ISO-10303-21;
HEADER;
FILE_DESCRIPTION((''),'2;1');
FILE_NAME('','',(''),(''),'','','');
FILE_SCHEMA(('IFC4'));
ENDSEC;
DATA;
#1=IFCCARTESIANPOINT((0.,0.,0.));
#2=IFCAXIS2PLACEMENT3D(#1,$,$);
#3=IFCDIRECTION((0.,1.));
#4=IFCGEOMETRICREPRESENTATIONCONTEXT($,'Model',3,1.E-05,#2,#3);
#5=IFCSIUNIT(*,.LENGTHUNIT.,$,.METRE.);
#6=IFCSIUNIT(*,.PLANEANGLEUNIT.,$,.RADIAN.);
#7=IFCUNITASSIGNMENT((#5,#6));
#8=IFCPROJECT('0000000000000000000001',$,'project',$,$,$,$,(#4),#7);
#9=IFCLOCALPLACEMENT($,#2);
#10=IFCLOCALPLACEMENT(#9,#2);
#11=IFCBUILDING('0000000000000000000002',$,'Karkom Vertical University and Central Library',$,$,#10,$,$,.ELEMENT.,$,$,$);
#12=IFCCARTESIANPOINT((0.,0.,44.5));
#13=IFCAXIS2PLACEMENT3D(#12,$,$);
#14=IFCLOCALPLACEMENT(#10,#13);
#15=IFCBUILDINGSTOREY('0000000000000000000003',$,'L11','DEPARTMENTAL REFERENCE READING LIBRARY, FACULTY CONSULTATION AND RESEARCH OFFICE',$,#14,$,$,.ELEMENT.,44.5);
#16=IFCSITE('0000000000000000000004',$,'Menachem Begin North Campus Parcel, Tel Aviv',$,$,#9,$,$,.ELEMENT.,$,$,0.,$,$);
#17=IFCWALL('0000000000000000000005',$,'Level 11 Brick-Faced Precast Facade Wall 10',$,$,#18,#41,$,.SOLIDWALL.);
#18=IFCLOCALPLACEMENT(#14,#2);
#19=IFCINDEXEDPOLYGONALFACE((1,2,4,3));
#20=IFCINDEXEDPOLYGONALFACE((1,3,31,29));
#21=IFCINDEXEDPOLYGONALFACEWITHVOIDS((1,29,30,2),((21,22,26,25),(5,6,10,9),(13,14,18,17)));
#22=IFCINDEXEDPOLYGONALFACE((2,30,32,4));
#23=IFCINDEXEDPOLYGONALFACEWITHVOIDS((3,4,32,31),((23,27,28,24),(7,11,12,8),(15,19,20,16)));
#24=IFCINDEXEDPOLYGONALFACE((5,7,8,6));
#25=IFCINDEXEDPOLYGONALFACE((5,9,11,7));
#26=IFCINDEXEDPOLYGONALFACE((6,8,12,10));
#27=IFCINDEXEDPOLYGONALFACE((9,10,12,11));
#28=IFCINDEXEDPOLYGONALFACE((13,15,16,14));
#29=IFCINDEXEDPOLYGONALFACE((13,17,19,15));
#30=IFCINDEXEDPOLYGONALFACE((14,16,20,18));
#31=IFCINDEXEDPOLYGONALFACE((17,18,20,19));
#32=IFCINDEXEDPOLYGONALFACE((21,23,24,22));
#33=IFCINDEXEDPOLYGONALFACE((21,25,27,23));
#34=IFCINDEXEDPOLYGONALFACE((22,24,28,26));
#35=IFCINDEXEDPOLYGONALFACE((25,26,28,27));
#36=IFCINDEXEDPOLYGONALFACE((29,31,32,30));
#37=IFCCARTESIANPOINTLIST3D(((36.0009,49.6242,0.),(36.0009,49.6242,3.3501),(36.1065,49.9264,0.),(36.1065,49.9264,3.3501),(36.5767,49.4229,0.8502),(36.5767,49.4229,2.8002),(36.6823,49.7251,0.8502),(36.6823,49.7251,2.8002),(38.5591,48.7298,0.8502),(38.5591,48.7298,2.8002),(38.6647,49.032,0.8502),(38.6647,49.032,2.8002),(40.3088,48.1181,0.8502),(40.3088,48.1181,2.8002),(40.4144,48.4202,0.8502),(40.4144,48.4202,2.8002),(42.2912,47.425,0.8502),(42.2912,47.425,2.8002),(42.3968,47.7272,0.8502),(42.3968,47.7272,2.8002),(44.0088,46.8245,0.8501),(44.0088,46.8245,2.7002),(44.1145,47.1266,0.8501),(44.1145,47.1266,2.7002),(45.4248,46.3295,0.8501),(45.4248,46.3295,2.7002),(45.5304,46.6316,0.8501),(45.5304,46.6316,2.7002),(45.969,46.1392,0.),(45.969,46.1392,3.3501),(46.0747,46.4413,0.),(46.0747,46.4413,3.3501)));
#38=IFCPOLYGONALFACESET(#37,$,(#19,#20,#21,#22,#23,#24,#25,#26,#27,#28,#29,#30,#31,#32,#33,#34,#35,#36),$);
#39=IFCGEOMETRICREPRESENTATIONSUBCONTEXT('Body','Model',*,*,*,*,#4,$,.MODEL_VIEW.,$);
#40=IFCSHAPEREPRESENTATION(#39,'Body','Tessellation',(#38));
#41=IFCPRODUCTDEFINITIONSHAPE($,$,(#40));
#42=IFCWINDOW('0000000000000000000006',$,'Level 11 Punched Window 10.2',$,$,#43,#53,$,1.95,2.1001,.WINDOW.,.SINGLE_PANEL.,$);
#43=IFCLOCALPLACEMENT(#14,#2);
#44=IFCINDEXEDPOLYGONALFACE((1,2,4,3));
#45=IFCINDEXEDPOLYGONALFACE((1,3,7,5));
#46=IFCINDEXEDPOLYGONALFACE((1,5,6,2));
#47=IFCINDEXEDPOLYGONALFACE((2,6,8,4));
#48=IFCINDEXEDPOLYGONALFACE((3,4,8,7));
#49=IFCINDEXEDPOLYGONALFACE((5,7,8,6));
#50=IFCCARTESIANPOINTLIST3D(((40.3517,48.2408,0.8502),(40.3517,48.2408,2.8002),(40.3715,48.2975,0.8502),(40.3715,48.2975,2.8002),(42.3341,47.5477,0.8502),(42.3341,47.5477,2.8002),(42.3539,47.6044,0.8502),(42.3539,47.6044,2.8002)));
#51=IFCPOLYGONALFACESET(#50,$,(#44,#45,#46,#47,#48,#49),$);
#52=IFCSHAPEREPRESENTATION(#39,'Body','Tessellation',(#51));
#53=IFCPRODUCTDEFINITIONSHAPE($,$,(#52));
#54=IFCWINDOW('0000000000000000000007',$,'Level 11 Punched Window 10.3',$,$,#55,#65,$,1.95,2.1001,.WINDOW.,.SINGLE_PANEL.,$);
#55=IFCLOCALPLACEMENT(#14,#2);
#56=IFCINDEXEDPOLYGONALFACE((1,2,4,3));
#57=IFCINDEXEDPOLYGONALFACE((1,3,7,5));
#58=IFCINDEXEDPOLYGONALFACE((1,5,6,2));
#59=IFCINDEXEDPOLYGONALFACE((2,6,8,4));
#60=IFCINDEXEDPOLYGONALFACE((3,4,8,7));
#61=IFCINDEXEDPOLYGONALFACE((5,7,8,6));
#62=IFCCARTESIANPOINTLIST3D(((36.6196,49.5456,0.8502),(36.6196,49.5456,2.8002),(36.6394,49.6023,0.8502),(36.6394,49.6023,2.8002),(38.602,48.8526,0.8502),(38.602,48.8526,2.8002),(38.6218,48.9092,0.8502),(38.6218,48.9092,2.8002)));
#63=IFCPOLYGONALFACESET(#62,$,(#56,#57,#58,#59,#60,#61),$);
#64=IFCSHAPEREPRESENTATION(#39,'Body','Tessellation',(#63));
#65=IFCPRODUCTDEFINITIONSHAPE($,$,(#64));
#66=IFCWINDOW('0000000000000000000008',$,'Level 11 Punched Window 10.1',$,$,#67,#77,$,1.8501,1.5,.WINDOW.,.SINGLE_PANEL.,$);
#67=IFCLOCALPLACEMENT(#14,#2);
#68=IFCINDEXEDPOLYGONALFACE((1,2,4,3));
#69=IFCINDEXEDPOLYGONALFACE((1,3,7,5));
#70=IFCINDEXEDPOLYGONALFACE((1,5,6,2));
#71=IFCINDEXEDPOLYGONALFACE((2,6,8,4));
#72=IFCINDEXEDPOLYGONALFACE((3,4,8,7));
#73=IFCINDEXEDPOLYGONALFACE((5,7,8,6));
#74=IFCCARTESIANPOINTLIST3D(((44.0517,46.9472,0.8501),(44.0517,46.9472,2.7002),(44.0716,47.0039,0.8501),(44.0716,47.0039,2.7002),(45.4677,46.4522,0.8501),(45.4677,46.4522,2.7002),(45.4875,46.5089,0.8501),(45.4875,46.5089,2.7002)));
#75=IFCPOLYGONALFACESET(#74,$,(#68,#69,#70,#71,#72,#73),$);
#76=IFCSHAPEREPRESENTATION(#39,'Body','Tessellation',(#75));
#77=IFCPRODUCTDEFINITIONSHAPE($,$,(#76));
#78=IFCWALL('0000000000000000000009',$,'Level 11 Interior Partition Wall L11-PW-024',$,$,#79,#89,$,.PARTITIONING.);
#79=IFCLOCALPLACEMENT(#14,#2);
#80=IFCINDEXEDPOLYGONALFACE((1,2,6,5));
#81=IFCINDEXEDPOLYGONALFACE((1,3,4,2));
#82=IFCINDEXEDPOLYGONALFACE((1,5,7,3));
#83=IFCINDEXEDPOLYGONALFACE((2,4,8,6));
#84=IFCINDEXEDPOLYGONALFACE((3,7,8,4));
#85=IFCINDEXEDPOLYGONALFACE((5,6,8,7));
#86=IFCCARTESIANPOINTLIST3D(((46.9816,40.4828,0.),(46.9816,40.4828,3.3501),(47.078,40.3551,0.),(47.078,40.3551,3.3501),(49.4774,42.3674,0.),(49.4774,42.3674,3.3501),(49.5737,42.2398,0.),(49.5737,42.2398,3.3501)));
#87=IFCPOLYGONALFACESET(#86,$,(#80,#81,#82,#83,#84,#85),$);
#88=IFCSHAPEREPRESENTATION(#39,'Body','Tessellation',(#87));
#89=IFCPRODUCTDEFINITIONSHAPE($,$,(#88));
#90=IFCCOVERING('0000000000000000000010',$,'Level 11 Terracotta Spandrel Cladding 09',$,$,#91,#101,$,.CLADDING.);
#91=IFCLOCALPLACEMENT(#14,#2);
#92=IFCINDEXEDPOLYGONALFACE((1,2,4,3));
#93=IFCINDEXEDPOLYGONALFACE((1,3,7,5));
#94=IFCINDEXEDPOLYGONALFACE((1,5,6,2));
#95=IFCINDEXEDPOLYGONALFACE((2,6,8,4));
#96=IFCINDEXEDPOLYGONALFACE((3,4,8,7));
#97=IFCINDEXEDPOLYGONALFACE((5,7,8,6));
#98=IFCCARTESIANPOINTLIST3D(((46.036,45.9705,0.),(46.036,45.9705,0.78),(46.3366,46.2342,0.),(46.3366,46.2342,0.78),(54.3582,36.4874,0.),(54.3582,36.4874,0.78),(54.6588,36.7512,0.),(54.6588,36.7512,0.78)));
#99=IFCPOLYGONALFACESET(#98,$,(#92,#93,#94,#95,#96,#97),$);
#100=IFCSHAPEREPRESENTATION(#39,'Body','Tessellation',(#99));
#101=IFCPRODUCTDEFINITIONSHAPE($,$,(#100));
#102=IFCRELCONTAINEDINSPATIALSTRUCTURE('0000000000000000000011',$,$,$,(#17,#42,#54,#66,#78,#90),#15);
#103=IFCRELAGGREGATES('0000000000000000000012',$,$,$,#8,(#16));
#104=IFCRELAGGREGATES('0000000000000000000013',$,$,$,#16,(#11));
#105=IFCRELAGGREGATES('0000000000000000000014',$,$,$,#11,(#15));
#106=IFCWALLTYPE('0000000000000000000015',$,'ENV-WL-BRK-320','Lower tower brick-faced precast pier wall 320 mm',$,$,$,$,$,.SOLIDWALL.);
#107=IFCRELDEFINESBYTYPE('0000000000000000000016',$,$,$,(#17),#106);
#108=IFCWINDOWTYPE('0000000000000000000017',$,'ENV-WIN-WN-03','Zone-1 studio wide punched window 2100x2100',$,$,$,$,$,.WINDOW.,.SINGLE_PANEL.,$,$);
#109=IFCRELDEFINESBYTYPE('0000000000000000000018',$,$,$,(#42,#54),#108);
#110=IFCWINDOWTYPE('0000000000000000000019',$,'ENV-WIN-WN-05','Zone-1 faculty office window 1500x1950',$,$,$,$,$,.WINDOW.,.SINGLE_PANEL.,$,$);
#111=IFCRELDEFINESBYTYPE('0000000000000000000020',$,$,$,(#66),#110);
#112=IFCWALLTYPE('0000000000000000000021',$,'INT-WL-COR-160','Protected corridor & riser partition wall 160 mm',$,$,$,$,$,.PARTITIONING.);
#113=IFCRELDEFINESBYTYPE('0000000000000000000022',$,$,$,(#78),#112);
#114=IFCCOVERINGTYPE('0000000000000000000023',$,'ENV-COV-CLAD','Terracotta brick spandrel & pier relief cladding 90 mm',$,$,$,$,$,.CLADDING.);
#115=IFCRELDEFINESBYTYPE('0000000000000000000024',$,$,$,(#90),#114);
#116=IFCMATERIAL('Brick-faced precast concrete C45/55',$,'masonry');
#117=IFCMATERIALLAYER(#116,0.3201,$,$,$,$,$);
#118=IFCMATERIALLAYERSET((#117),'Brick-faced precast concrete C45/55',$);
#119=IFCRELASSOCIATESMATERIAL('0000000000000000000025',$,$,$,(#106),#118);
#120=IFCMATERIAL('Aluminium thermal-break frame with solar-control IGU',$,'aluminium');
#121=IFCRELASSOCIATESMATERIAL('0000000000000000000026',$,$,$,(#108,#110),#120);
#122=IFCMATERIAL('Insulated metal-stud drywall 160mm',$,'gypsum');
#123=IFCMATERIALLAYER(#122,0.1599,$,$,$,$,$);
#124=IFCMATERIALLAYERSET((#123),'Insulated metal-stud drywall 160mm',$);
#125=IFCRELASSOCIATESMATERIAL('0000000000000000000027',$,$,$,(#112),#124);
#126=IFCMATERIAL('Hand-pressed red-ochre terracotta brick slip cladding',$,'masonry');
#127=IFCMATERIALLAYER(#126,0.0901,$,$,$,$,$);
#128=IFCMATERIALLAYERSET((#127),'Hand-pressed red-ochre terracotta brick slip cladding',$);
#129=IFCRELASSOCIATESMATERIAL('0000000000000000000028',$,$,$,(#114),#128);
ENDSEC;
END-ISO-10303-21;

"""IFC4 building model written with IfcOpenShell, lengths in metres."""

from ifc_helpers import new_model, si_unit, direction, frame, frame_2d, origin, origin_with_axes, origin_2d, place, context, subcontext, project, spatial, rectangle, extrude, source, transform, mapped, material, layer, layer_set, type_object, element, fill, save


model = new_model("IFC4")

# Units and contexts
model_context = context("Model", 3, precision=1e-05, world=origin(), true_north=direction((0.0, 1.0)))
body_context = subcontext(model_context, "Body", "Model", "MODEL_VIEW")
ifc_project = project(units=[si_unit("LENGTHUNIT", "METRE"), si_unit("PLANEANGLEUNIT", "RADIAN")], contexts=[model_context])

# Site, building, storey
site_placement = place(None, origin())
site = spatial("IfcSite", under=ifc_project, at=site_placement, Name="Menachem Begin North Campus Parcel, Tel Aviv", CompositionType="ELEMENT", RefElevation=0.0)
building_placement = place(site_placement, origin())
building = spatial("IfcBuilding", under=site, at=building_placement, Name="Karkom Vertical University and Central Library", CompositionType="ELEMENT")
storey_placement = place(building_placement, frame((0.0, 0.0, 44.5)))
storey = spatial("IfcBuildingStorey", under=building, at=storey_placement, Name="L11", Description="DEPARTMENTAL REFERENCE READING LIBRARY, FACULTY CONSULTATION AND RESEARCH OFFICE", CompositionType="ELEMENT", Elevation=44.5)

# Wall, openings, windows
ifc_material_1 = material(Name="Brick-faced precast concrete C45/55", Category="masonry")
ifc_layer_1 = layer(ifc_material_1, 0.3201)
ifc_layer_set_1 = layer_set([ifc_layer_1], Name="Brick-faced precast concrete C45/55")
wall_type_1 = type_object("IfcWallType", Name="ENV-WL-BRK-320", Description="Lower tower brick-faced precast pier wall 320 mm", PredefinedType="SOLIDWALL", material=ifc_layer_set_1)
wall_1_placement = place(storey_placement, frame((46.0217, 46.2903, 0.0), z_axis=(0.0, 0.0, 1.0), x_axis=(-0.94397, 0.330031, 0.0)))
wall_1 = element("IfcWall", 1, at=wall_1_placement, inside=storey, type_object=wall_type_1, Name="Level 11 Brick-Faced Precast Facade Wall 10", PredefinedType="SOLIDWALL", context=body_context, shape_type="SweptSolid", body=[
    extrude(rectangle(XDim=10.5598, YDim=0.3201, at=frame_2d((5.2798, 0.0))), origin(), (0.0, 0.0, 1.0), 3.3501),
])
opening_1_placement = place(wall_1_placement, frame((0.5764, 0.0, 0.8501)))
opening_1 = element("IfcOpeningElement", 2, at=opening_1_placement, cuts=wall_1, PredefinedType="OPENING", context=body_context, shape_type="SweptSolid", body=[
    extrude(rectangle(XDim=1.5, YDim=1.8501, at=frame_2d((0.75, 0.925))), frame((0.0, 0.1699, 0.0), z_axis=(0.0, -1.0, 0.0), x_axis=(1.0, 0.0, 0.0)), (0.0, 0.0, 1.0), 0.3401),
])
opening_2_placement = place(wall_1_placement, frame((3.896, 0.0, 0.8501)))
opening_2 = element("IfcOpeningElement", 3, at=opening_2_placement, cuts=wall_1, PredefinedType="OPENING", context=body_context, shape_type="SweptSolid", body=[
    extrude(rectangle(XDim=2.1001, YDim=1.95, at=frame_2d((1.05, 0.9751))), frame((0.0, 0.1699, 0.0), z_axis=(0.0, -1.0, 0.0), x_axis=(1.0, 0.0, 0.0)), (0.0, 0.0, 1.0), 0.3401),
])
opening_3_placement = place(wall_1_placement, frame((7.8496, 0.0, 0.8501)))
opening_3 = element("IfcOpeningElement", 4, at=opening_3_placement, cuts=wall_1, PredefinedType="OPENING", context=body_context, shape_type="SweptSolid", body=[
    extrude(rectangle(XDim=2.1001, YDim=1.95, at=frame_2d((1.05, 0.9751))), frame((0.0, 0.1699, 0.0), z_axis=(0.0, -1.0, 0.0), x_axis=(1.0, 0.0, 0.0)), (0.0, 0.0, 1.0), 0.3401),
])
ifc_material_2 = material(Name="Aluminium thermal-break frame with solar-control IGU", Category="aluminium")
window_type_1 = type_object("IfcWindowType", Name="ENV-WIN-WN-03", Description="Zone-1 studio wide punched window 2100x2100", PartitioningType="SINGLE_PANEL", PredefinedType="WINDOW", material=ifc_material_2)
shared_shape_1 = source(origin_with_axes(), body_context, "Body", "SweptSolid", [
    extrude(rectangle(XDim=2.1001, YDim=1.95, at=frame_2d((1.05, 0.9751))), frame((0.0, 0.03, 0.0), z_axis=(0.0, -1.0, 0.0), x_axis=(1.0, 0.0, 0.0)), (0.0, 0.0, 1.0), 0.0601),
])
window_1_placement = place(opening_2_placement, origin())
window_1 = element("IfcWindow", 5, at=window_1_placement, inside=storey, type_object=window_type_1, Name="Level 11 Punched Window 10.2", OverallHeight=1.95, OverallWidth=2.1001, PartitioningType="SINGLE_PANEL", PredefinedType="WINDOW", context=body_context, shape_type="MappedRepresentation", body=[
    mapped(shared_shape_1, transform((0.0, 0.0, 0.0), scale=1.0)),
])
fill(opening_2, window_1)
window_2_placement = place(opening_3_placement, origin())
window_2 = element("IfcWindow", 6, at=window_2_placement, inside=storey, type_object=window_type_1, Name="Level 11 Punched Window 10.3", OverallHeight=1.95, OverallWidth=2.1001, PartitioningType="SINGLE_PANEL", PredefinedType="WINDOW", context=body_context, shape_type="MappedRepresentation", body=[
    mapped(shared_shape_1, transform((0.0, 0.0, 0.0), scale=1.0)),
])
fill(opening_3, window_2)
window_type_2 = type_object("IfcWindowType", Name="ENV-WIN-WN-05", Description="Zone-1 faculty office window 1500x1950", PartitioningType="SINGLE_PANEL", PredefinedType="WINDOW", material=ifc_material_2)
shared_shape_2 = source(origin_with_axes(), body_context, "Body", "SweptSolid", [
    extrude(rectangle(XDim=1.5, YDim=1.8501, at=frame_2d((0.75, 0.925))), frame((0.0, 0.03, 0.0), z_axis=(0.0, -1.0, 0.0), x_axis=(1.0, 0.0, 0.0)), (0.0, 0.0, 1.0), 0.0601),
])
window_3_placement = place(opening_1_placement, origin())
window_3 = element("IfcWindow", 7, at=window_3_placement, inside=storey, type_object=window_type_2, Name="Level 11 Punched Window 10.1", OverallHeight=1.8501, OverallWidth=1.5, PartitioningType="SINGLE_PANEL", PredefinedType="WINDOW", context=body_context, shape_type="MappedRepresentation", body=[
    mapped(shared_shape_2, transform((0.0, 0.0, 0.0), scale=1.0)),
])
fill(opening_1, window_3)

# Wall
ifc_material_3 = material(Name="Insulated metal-stud drywall 160mm", Category="gypsum")
ifc_layer_2 = layer(ifc_material_3, 0.1599)
ifc_layer_set_2 = layer_set([ifc_layer_2], Name="Insulated metal-stud drywall 160mm")
wall_type_2 = type_object("IfcWallType", Name="INT-WL-COR-160", Description="Protected corridor & riser partition wall 160 mm", PredefinedType="PARTITIONING", material=ifc_layer_set_2)
wall_2_placement = place(storey_placement, frame((47.0298, 40.4189, 0.0), z_axis=(0.0, 0.0, 1.0), x_axis=(0.798019, 0.602632, 0.0)))
element("IfcWall", 8, at=wall_2_placement, inside=storey, type_object=wall_type_2, Name="Level 11 Interior Partition Wall L11-PW-024", PredefinedType="PARTITIONING", context=body_context, shape_type="SweptSolid", body=[
    extrude(rectangle(XDim=3.1274, YDim=0.1599, at=frame_2d((1.5637, 0.0))), origin(), (0.0, 0.0, 1.0), 3.3501),
])

# Covering
ifc_material_4 = material(Name="Hand-pressed red-ochre terracotta brick slip cladding", Category="masonry")
ifc_layer_3 = layer(ifc_material_4, 0.0901)
ifc_layer_set_3 = layer_set([ifc_layer_3], Name="Hand-pressed red-ochre terracotta brick slip cladding")
covering_type = type_object("IfcCoveringType", Name="ENV-COV-CLAD", Description="Terracotta brick spandrel & pier relief cladding 90 mm", PredefinedType="CLADDING", material=ifc_layer_set_3)
shared_shape_3 = source(origin_with_axes(), body_context, "Body", "SweptSolid", [
    extrude(rectangle(XDim=12.6169, YDim=0.3999, at=origin_2d()), origin(), (0.0, 0.0, 1.0), 0.78),
])
covering_placement = place(storey_placement, frame((50.3474, 41.3608, 0.0), z_axis=(0.0, 0.0, 1.0), x_axis=(-0.659608, 0.75161, 0.0)))
element("IfcCovering", 9, at=covering_placement, inside=storey, type_object=covering_type, Name="Level 11 Terracotta Spandrel Cladding 09", PredefinedType="CLADDING", context=body_context, shape_type="MappedRepresentation", body=[
    mapped(shared_shape_3, transform((0.0, 0.0, 0.0), scale=1.0)),
])

save(model, "model.ifc")
